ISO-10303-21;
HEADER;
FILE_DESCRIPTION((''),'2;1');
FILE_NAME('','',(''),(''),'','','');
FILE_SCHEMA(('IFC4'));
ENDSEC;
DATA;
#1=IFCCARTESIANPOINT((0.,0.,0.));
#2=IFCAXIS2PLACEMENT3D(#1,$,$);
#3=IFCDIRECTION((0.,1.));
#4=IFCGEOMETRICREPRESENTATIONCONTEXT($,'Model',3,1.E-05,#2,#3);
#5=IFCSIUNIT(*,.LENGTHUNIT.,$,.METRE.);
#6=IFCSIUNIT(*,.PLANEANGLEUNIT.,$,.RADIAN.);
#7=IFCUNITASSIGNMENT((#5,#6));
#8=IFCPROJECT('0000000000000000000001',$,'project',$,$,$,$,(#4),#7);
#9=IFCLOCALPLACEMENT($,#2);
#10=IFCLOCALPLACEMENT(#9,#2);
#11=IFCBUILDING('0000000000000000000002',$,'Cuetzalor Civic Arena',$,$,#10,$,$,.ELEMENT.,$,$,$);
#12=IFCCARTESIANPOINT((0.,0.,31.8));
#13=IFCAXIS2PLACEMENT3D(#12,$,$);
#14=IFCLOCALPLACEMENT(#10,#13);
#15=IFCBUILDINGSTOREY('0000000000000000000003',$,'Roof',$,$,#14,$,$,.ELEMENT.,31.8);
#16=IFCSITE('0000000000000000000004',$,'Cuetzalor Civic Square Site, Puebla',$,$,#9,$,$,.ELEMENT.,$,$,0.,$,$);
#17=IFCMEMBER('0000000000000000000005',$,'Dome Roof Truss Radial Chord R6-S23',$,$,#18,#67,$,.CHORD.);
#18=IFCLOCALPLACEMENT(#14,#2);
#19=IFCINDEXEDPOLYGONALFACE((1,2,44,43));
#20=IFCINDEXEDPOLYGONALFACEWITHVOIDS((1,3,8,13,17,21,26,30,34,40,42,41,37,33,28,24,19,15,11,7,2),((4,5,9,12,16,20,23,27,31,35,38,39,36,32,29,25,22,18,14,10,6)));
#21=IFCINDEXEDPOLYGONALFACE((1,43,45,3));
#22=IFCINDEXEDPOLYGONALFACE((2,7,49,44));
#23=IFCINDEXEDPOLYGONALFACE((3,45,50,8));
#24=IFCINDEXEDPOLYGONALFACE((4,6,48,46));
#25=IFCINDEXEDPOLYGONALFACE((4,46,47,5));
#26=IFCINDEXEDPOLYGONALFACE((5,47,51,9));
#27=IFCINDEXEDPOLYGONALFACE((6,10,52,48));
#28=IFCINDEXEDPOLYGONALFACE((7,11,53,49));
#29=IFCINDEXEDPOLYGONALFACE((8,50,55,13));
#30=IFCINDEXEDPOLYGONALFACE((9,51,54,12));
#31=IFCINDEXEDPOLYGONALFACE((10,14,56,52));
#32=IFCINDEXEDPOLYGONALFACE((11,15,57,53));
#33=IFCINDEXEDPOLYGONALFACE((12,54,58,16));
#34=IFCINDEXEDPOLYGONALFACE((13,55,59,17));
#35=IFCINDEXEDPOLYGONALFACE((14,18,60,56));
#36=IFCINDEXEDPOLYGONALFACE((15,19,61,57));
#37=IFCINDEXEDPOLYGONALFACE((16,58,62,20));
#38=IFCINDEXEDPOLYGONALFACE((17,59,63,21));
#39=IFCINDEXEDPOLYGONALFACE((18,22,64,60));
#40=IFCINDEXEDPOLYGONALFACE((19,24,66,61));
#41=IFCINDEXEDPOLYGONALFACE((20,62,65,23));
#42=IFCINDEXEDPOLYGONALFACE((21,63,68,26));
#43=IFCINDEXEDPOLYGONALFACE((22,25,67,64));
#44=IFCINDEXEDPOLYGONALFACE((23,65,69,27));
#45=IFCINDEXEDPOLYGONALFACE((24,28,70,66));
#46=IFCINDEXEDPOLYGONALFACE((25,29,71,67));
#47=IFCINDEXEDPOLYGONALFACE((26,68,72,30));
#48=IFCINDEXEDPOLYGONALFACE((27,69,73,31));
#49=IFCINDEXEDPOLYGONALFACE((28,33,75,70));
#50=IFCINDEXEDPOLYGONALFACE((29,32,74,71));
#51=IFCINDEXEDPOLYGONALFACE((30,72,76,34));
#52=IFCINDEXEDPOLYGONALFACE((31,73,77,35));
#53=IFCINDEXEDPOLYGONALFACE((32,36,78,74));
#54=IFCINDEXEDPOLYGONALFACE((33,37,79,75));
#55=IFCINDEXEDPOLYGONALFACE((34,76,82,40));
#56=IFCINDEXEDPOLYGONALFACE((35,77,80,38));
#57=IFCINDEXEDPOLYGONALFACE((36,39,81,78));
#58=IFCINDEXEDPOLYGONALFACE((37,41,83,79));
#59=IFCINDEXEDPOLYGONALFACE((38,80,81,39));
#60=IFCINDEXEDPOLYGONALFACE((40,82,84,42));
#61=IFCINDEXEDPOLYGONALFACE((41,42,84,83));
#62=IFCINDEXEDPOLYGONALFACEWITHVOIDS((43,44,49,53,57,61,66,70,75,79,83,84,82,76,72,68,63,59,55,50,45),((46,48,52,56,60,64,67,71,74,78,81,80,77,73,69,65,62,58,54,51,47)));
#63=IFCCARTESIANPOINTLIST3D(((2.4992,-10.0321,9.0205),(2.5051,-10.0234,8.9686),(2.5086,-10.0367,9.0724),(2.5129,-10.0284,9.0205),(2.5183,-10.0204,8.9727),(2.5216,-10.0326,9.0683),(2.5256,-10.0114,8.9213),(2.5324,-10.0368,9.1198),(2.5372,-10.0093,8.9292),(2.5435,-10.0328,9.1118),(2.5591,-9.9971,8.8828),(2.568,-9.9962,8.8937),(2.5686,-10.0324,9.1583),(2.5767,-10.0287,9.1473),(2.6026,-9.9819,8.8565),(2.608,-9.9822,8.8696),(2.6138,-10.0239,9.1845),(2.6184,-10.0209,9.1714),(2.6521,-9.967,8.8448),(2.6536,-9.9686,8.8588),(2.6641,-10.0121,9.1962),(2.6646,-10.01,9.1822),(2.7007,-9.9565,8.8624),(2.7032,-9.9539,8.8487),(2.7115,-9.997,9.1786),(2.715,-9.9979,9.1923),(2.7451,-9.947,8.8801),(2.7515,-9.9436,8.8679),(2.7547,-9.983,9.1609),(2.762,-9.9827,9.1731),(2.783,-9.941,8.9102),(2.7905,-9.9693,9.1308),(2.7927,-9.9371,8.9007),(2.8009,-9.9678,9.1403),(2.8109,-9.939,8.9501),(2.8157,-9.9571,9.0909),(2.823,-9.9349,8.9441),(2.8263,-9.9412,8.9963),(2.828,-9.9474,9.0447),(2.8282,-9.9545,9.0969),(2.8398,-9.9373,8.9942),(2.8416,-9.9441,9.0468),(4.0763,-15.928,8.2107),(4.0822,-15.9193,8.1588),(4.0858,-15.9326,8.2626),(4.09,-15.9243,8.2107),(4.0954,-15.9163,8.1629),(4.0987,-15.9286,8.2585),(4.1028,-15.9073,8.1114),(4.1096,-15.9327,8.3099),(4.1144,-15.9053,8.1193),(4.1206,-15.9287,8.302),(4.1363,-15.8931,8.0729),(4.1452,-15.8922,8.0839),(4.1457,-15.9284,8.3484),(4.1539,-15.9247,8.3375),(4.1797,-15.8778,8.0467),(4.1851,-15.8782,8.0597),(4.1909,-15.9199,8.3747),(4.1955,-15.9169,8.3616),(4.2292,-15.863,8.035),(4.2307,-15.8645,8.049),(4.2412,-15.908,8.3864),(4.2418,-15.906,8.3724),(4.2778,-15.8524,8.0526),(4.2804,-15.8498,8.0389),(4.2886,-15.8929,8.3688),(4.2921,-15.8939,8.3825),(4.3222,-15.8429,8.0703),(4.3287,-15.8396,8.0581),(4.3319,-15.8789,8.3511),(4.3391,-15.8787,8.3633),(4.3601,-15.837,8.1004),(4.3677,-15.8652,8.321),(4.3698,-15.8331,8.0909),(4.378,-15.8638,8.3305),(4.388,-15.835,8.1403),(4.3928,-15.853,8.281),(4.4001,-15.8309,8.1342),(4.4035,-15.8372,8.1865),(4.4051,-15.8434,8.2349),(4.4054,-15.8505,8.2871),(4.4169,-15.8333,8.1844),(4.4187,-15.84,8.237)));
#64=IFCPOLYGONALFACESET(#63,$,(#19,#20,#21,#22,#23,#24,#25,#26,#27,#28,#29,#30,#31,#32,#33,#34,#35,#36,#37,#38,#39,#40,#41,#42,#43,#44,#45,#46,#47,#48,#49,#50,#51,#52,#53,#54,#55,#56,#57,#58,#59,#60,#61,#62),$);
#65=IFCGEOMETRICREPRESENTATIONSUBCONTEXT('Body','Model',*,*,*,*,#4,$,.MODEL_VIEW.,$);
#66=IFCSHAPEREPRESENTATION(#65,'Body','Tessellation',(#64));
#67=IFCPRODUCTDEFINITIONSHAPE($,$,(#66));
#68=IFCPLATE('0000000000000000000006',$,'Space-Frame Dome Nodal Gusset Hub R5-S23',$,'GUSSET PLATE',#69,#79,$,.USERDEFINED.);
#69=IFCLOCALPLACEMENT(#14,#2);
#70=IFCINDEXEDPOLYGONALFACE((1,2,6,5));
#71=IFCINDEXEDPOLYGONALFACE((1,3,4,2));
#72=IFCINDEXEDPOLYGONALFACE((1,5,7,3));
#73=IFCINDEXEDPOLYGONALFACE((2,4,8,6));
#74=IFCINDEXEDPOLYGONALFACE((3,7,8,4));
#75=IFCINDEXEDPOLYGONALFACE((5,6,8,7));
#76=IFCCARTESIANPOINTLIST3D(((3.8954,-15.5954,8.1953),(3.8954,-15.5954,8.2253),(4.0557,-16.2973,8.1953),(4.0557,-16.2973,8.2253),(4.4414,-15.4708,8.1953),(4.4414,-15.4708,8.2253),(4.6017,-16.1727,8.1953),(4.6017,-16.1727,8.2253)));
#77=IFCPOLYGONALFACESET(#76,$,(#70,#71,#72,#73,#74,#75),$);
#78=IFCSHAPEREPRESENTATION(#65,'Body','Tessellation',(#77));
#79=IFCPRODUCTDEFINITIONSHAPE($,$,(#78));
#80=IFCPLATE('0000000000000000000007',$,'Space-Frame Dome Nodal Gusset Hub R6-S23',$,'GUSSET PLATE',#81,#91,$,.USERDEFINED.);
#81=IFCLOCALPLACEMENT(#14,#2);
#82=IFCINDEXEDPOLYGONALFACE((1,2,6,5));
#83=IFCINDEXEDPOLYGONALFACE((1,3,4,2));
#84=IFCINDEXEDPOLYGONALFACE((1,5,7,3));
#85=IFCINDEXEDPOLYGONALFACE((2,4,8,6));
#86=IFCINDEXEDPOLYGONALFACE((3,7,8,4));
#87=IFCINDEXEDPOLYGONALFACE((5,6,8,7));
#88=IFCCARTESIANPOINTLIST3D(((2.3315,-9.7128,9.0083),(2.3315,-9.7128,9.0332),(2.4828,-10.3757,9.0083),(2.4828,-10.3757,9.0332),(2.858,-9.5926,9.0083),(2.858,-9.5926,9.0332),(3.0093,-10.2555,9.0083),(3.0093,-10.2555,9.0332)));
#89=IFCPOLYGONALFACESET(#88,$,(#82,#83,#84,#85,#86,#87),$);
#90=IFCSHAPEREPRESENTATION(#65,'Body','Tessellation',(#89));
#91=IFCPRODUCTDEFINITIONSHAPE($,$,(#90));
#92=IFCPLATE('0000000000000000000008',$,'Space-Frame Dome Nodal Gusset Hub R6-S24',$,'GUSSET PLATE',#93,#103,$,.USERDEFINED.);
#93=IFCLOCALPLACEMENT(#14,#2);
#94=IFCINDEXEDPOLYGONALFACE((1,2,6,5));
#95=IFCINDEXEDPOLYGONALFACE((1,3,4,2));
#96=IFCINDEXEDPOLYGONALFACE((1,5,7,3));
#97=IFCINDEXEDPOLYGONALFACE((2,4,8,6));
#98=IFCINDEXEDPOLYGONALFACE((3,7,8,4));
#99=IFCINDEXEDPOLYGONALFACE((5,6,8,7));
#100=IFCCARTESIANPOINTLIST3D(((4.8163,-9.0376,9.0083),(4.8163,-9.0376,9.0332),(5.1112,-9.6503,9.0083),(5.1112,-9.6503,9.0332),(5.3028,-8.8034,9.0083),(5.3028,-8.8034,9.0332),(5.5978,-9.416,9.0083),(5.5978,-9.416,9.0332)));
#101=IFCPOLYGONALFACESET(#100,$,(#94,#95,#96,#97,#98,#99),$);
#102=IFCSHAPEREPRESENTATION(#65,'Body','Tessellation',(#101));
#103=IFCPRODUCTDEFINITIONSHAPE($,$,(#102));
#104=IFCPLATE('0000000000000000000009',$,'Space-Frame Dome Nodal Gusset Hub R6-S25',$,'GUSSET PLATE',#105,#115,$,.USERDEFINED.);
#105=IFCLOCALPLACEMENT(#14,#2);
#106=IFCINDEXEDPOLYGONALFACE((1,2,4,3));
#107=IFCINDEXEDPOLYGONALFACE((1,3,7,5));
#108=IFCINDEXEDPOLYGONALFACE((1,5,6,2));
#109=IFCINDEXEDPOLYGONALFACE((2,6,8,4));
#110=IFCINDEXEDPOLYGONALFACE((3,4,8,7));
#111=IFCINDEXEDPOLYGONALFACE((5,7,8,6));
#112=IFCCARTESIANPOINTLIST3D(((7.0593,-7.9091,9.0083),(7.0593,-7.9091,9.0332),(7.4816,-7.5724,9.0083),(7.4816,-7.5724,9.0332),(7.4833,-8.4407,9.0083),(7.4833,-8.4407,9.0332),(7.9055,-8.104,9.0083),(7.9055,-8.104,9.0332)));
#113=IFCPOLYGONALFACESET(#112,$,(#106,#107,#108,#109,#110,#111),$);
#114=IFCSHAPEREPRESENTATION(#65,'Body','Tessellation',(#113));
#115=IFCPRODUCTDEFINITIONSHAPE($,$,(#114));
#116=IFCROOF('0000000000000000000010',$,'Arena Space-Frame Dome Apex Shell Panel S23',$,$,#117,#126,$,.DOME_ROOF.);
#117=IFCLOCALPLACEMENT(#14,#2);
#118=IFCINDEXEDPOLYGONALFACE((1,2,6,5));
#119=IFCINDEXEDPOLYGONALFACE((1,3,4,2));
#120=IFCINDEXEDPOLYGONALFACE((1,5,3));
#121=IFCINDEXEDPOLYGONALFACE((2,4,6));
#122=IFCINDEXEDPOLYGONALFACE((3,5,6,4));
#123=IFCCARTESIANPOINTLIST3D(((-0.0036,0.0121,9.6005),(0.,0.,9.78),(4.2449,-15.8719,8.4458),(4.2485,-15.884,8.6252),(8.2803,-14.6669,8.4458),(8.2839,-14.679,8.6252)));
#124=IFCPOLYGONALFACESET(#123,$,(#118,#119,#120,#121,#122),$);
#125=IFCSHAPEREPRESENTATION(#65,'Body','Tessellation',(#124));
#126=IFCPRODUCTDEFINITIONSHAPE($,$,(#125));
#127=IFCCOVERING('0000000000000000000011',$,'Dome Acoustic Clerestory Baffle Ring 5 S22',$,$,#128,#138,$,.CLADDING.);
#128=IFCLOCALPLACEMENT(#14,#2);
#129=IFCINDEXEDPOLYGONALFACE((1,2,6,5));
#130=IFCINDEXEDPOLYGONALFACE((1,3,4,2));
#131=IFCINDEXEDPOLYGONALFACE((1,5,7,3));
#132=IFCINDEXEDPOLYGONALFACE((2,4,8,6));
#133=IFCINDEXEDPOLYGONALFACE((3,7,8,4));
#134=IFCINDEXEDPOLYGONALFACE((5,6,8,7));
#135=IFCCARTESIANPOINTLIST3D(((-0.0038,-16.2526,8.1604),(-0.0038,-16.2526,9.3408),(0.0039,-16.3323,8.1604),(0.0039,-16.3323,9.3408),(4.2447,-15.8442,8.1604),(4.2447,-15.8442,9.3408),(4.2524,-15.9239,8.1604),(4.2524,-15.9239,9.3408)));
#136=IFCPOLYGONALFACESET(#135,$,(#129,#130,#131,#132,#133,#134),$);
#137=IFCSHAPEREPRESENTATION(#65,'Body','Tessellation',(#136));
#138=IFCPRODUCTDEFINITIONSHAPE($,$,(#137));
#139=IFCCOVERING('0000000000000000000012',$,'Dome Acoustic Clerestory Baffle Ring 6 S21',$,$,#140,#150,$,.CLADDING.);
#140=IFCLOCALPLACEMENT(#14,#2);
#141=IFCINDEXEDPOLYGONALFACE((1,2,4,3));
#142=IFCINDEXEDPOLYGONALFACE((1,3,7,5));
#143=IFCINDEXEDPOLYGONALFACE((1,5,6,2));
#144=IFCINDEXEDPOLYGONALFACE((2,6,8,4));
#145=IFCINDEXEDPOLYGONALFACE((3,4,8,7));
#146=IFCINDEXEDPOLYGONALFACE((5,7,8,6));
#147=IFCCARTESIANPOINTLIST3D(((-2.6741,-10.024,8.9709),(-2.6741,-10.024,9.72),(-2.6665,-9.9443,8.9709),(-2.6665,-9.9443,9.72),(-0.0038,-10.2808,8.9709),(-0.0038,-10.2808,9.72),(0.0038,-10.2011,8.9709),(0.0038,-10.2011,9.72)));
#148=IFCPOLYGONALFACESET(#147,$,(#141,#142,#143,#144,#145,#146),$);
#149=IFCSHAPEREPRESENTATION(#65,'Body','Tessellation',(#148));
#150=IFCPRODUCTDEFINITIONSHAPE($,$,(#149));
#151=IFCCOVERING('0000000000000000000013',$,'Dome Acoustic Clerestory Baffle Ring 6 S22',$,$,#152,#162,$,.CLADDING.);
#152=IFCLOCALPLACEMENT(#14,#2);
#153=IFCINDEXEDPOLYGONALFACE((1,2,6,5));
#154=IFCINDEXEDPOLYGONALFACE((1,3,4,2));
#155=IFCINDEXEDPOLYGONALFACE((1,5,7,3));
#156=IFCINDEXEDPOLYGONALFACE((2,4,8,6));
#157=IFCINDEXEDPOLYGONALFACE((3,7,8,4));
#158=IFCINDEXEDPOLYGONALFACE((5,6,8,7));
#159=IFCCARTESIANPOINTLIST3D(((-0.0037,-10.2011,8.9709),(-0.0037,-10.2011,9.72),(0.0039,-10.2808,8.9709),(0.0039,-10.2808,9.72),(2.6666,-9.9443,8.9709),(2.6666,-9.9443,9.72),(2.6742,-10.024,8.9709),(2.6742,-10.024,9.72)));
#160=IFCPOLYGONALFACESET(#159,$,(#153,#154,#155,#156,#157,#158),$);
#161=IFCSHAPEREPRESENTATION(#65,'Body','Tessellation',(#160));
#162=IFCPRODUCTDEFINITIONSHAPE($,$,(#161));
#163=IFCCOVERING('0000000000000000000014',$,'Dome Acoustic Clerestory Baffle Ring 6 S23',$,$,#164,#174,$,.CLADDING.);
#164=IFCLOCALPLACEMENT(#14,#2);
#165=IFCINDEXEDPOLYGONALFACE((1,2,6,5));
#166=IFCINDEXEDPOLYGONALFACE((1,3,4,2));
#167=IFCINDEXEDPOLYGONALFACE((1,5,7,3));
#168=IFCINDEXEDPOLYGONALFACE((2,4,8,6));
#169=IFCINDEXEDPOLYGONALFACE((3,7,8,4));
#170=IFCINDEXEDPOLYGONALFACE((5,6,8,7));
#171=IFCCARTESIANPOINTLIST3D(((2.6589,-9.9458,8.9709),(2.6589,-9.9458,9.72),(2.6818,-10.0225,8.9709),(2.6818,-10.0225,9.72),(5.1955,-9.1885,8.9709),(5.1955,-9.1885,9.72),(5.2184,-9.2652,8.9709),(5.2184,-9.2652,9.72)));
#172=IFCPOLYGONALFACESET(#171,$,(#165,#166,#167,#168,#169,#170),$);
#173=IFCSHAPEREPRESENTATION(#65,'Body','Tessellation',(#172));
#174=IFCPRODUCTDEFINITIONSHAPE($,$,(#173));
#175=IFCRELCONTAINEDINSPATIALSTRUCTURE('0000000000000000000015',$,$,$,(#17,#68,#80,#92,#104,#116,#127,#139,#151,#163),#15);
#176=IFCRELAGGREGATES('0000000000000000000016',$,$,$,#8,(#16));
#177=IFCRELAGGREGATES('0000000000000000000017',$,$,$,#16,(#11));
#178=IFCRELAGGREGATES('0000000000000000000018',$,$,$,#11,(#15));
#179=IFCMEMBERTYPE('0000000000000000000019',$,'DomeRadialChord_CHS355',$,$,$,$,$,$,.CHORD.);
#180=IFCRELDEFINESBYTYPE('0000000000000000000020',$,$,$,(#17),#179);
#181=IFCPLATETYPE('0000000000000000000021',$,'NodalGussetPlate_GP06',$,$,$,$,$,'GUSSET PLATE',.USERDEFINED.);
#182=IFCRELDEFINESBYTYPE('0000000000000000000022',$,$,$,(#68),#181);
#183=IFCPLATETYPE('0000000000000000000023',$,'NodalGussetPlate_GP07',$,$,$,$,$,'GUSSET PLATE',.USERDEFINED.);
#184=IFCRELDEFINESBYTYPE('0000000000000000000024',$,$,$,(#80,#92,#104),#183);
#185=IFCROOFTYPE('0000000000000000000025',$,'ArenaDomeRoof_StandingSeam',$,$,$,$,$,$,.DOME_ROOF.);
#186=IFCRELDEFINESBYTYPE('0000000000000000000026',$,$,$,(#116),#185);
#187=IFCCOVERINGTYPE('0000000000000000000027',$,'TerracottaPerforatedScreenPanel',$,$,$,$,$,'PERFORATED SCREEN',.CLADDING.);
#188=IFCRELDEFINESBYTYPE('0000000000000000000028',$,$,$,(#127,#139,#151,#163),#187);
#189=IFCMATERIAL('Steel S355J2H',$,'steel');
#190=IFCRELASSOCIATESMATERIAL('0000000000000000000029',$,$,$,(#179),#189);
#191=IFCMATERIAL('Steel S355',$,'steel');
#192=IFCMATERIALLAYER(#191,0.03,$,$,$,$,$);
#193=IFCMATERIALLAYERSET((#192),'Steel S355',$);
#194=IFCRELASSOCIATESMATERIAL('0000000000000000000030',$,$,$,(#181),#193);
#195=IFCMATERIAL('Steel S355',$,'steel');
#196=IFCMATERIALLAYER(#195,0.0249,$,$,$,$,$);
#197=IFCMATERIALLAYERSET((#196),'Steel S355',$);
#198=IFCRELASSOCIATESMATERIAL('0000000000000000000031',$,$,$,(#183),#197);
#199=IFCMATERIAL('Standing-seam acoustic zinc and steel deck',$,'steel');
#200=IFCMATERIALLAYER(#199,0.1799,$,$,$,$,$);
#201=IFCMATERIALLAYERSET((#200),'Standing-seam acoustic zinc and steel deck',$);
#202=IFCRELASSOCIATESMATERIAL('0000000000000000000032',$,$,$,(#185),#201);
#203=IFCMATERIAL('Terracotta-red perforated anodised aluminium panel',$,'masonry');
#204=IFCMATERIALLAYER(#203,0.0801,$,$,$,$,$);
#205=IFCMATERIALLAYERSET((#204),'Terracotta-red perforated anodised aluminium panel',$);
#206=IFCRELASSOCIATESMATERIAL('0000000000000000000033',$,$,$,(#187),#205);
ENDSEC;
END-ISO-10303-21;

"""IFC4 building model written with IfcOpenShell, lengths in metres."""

from ifc_helpers import new_model, si_unit, direction, frame, frame_2d, origin, origin_2d, place, context, subcontext, project, spatial, polyline, rectangle, hollow_circle, outline, extrude, material, layer, layer_set, material_profile, profile_set, type_object, element, save


model = new_model("IFC4")

# Units and contexts
model_context = context("Model", 3, precision=1e-05, world=origin(), true_north=direction((0.0, 1.0)))
body_context = subcontext(model_context, "Body", "Model", "MODEL_VIEW")
ifc_project = project(units=[si_unit("LENGTHUNIT", "METRE"), si_unit("PLANEANGLEUNIT", "RADIAN")], contexts=[model_context])

# Site, building, storey
site_placement = place(None, origin())
site = spatial("IfcSite", under=ifc_project, at=site_placement, Name="Cuetzalor Civic Square Site, Puebla", CompositionType="ELEMENT", RefElevation=0.0)
building_placement = place(site_placement, origin())
building = spatial("IfcBuilding", under=site, at=building_placement, Name="Cuetzalor Civic Arena", CompositionType="ELEMENT")
storey_placement = place(building_placement, frame((0.0, 0.0, 31.8)))
storey = spatial("IfcBuildingStorey", under=building, at=storey_placement, Name="Roof", CompositionType="ELEMENT", Elevation=31.8)

# Member
ifc_material_1 = material(Name="Steel S355J2H", Category="steel")
ifc_material_profile_1 = material_profile(ifc_material_1, hollow_circle(Radius=0.1777, WallThickness=0.0142, at=origin_2d()), Name="CHS 355.6x14.2")
ifc_profile_set_1 = profile_set([ifc_material_profile_1], Name="Steel S355J2H")
member_type_1 = type_object("IfcMemberType", Name="DomeRadialChord_CHS355", PredefinedType="CHORD", material=ifc_profile_set_1)
member_1_placement = place(storey_placement, frame((4.248, -15.8821, 8.2107), z_axis=(-0.256164, 0.957642, 0.131532), x_axis=(-0.966035, -0.258409, 0.0)))
element("IfcMember", 1, at=member_1_placement, inside=storey, type_object=member_type_1, Name="Dome Roof Truss Radial Chord R6-S23", PredefinedType="CHORD", context=body_context, shape_type="SweptSolid", body=[
    extrude(hollow_circle(Radius=0.1777, WallThickness=0.0142, at=origin_2d()), origin(), (0.0, 0.0, 1.0), 6.1567),
])

# Plates
ifc_material_2 = material(Name="Steel S355", Category="steel")
ifc_layer_1 = layer(ifc_material_2, 0.03)
ifc_layer_set_1 = layer_set([ifc_layer_1], Name="Steel S355")
plate_type_1 = type_object("IfcPlateType", Name="NodalGussetPlate_GP06", ElementType="GUSSET PLATE", PredefinedType="USERDEFINED", material=ifc_layer_set_1)
plate_placement = place(storey_placement, frame((4.2485, -15.884, 8.1953), z_axis=(0.0, 0.0, 1.0), x_axis=(0.22257, -0.974917, 0.0)))
element("IfcPlate", 2, at=plate_placement, inside=storey, type_object=plate_type_1, Name="Space-Frame Dome Nodal Gusset Hub R5-S23", ObjectType="GUSSET PLATE", PredefinedType="USERDEFINED", context=body_context, shape_type="SweptSolid", body=[
    extrude(rectangle(XDim=0.72, YDim=0.5601, at=origin_2d()), origin(), (0.0, 0.0, 1.0), 0.03),
])
ifc_material_3 = material(Name="Steel S355", Category="steel")
ifc_layer_2 = layer(ifc_material_3, 0.0249)
ifc_layer_set_2 = layer_set([ifc_layer_2], Name="Steel S355")
plate_type_2 = type_object("IfcPlateType", Name="NodalGussetPlate_GP07", ElementType="GUSSET PLATE", PredefinedType="USERDEFINED", material=ifc_layer_set_2)
for number, where, z_axis, x_axis, name in (
    (3, (2.6704, -9.9841, 9.0083), (0.0, 0.0, 1.0), (0.22257, -0.974917, 0.0), "Space-Frame Dome Nodal Gusset Hub R6-S23"),
    (4, (5.207, -9.2268, 9.0083), (0.0, 0.0, 1.0), (0.433816, -0.901001, 0.0), "Space-Frame Dome Nodal Gusset Hub R6-S24"),
    (5, (7.4824, -8.0066, 9.0083), (0.0, 0.0, 1.0), (0.62347, -0.781847, 0.0), "Space-Frame Dome Nodal Gusset Hub R6-S25"),
):
    element("IfcPlate", number, at=place(storey_placement, frame(where, z_axis=z_axis, x_axis=x_axis)), inside=storey, type_object=plate_type_2, Name=name, ObjectType="GUSSET PLATE", PredefinedType="USERDEFINED", context=body_context, shape_type="SweptSolid", body=[
        extrude(rectangle(XDim=0.6799, YDim=0.54, at=origin_2d()), origin(), (0.0, 0.0, 1.0), 0.0249),
    ])

# Roof
ifc_material_4 = material(Name="Standing-seam acoustic zinc and steel deck", Category="steel")
ifc_layer_3 = layer(ifc_material_4, 0.1799)
ifc_layer_set_3 = layer_set([ifc_layer_3], Name="Standing-seam acoustic zinc and steel deck")
roof_type = type_object("IfcRoofType", Name="ArenaDomeRoof_StandingSeam", PredefinedType="DOME_ROOF", material=ifc_layer_set_3)
roof_placement = place(storey_placement, frame((4.2485, -15.884, 8.6252), z_axis=(0.020055, -0.067158, 0.997541), x_axis=(0.958188, 0.28614, 0.0)))
element("IfcRoof", 6, at=roof_placement, inside=storey, type_object=roof_type, Name="Arena Space-Frame Dome Apex Shell Panel S23", PredefinedType="DOME_ROOF", context=body_context, shape_type="SweptSolid", body=[
    extrude(outline(polyline([(0.0, 0.0), (4.2115, 0.0), (0.4742, 16.4761), (0.0, 0.0)])), origin(), (0.0, 0.0, -1.0), 0.1799),
])

# Coverings
ifc_material_5 = material(Name="Terracotta-red perforated anodised aluminium panel", Category="masonry")
ifc_layer_4 = layer(ifc_material_5, 0.0801)
ifc_layer_set_4 = layer_set([ifc_layer_4], Name="Terracotta-red perforated anodised aluminium panel")
covering_type = type_object("IfcCoveringType", Name="TerracottaPerforatedScreenPanel", ElementType="PERFORATED SCREEN", PredefinedType="CLADDING", material=ifc_layer_set_4)
covering_1_placement = place(storey_placement, frame((4.2485, -15.884, 8.1604), z_axis=(0.0, 0.0, 1.0), x_axis=(-0.99541, -0.095697, 0.0)))
element("IfcCovering", 7, at=covering_1_placement, inside=storey, type_object=covering_type, Name="Dome Acoustic Clerestory Baffle Ring 5 S22", PredefinedType="CLADDING", context=body_context, shape_type="SweptSolid", body=[
    extrude(rectangle(XDim=4.2681, YDim=0.0801, at=frame_2d((2.134, 0.0))), origin(), (0.0, 0.0, 1.0), 1.1804),
])
for number, where, z_axis, x_axis, name in (
    (8, (0.0, -10.241, 8.9709), (0.0, 0.0, 1.0), (-0.995407, 0.095737, 0.0), "Dome Acoustic Clerestory Baffle Ring 6 S21"),
    (9, (2.6704, -9.9841, 8.9709), (0.0, 0.0, 1.0), (-0.995407, -0.095737, 0.0), "Dome Acoustic Clerestory Baffle Ring 6 S22"),
):
    element("IfcCovering", number, at=place(storey_placement, frame(where, z_axis=z_axis, x_axis=x_axis)), inside=storey, type_object=covering_type, Name=name, PredefinedType="CLADDING", context=body_context, shape_type="SweptSolid", body=[
        extrude(rectangle(XDim=2.6826, YDim=0.0801, at=frame_2d((1.3413, 0.0))), origin(), (0.0, 0.0, 1.0), 0.749),
    ])
covering_2_placement = place(storey_placement, frame((5.207, -9.2268, 8.9709), z_axis=(0.0, 0.0, 1.0), x_axis=(-0.958206, -0.286078, 0.0)))
element("IfcCovering", 10, at=covering_2_placement, inside=storey, type_object=covering_type, Name="Dome Acoustic Clerestory Baffle Ring 6 S23", PredefinedType="CLADDING", context=body_context, shape_type="SweptSolid", body=[
    extrude(rectangle(XDim=2.6472, YDim=0.0801, at=frame_2d((1.3237, 0.0))), origin(), (0.0, 0.0, 1.0), 0.749),
])

save(model, "model.ifc")
